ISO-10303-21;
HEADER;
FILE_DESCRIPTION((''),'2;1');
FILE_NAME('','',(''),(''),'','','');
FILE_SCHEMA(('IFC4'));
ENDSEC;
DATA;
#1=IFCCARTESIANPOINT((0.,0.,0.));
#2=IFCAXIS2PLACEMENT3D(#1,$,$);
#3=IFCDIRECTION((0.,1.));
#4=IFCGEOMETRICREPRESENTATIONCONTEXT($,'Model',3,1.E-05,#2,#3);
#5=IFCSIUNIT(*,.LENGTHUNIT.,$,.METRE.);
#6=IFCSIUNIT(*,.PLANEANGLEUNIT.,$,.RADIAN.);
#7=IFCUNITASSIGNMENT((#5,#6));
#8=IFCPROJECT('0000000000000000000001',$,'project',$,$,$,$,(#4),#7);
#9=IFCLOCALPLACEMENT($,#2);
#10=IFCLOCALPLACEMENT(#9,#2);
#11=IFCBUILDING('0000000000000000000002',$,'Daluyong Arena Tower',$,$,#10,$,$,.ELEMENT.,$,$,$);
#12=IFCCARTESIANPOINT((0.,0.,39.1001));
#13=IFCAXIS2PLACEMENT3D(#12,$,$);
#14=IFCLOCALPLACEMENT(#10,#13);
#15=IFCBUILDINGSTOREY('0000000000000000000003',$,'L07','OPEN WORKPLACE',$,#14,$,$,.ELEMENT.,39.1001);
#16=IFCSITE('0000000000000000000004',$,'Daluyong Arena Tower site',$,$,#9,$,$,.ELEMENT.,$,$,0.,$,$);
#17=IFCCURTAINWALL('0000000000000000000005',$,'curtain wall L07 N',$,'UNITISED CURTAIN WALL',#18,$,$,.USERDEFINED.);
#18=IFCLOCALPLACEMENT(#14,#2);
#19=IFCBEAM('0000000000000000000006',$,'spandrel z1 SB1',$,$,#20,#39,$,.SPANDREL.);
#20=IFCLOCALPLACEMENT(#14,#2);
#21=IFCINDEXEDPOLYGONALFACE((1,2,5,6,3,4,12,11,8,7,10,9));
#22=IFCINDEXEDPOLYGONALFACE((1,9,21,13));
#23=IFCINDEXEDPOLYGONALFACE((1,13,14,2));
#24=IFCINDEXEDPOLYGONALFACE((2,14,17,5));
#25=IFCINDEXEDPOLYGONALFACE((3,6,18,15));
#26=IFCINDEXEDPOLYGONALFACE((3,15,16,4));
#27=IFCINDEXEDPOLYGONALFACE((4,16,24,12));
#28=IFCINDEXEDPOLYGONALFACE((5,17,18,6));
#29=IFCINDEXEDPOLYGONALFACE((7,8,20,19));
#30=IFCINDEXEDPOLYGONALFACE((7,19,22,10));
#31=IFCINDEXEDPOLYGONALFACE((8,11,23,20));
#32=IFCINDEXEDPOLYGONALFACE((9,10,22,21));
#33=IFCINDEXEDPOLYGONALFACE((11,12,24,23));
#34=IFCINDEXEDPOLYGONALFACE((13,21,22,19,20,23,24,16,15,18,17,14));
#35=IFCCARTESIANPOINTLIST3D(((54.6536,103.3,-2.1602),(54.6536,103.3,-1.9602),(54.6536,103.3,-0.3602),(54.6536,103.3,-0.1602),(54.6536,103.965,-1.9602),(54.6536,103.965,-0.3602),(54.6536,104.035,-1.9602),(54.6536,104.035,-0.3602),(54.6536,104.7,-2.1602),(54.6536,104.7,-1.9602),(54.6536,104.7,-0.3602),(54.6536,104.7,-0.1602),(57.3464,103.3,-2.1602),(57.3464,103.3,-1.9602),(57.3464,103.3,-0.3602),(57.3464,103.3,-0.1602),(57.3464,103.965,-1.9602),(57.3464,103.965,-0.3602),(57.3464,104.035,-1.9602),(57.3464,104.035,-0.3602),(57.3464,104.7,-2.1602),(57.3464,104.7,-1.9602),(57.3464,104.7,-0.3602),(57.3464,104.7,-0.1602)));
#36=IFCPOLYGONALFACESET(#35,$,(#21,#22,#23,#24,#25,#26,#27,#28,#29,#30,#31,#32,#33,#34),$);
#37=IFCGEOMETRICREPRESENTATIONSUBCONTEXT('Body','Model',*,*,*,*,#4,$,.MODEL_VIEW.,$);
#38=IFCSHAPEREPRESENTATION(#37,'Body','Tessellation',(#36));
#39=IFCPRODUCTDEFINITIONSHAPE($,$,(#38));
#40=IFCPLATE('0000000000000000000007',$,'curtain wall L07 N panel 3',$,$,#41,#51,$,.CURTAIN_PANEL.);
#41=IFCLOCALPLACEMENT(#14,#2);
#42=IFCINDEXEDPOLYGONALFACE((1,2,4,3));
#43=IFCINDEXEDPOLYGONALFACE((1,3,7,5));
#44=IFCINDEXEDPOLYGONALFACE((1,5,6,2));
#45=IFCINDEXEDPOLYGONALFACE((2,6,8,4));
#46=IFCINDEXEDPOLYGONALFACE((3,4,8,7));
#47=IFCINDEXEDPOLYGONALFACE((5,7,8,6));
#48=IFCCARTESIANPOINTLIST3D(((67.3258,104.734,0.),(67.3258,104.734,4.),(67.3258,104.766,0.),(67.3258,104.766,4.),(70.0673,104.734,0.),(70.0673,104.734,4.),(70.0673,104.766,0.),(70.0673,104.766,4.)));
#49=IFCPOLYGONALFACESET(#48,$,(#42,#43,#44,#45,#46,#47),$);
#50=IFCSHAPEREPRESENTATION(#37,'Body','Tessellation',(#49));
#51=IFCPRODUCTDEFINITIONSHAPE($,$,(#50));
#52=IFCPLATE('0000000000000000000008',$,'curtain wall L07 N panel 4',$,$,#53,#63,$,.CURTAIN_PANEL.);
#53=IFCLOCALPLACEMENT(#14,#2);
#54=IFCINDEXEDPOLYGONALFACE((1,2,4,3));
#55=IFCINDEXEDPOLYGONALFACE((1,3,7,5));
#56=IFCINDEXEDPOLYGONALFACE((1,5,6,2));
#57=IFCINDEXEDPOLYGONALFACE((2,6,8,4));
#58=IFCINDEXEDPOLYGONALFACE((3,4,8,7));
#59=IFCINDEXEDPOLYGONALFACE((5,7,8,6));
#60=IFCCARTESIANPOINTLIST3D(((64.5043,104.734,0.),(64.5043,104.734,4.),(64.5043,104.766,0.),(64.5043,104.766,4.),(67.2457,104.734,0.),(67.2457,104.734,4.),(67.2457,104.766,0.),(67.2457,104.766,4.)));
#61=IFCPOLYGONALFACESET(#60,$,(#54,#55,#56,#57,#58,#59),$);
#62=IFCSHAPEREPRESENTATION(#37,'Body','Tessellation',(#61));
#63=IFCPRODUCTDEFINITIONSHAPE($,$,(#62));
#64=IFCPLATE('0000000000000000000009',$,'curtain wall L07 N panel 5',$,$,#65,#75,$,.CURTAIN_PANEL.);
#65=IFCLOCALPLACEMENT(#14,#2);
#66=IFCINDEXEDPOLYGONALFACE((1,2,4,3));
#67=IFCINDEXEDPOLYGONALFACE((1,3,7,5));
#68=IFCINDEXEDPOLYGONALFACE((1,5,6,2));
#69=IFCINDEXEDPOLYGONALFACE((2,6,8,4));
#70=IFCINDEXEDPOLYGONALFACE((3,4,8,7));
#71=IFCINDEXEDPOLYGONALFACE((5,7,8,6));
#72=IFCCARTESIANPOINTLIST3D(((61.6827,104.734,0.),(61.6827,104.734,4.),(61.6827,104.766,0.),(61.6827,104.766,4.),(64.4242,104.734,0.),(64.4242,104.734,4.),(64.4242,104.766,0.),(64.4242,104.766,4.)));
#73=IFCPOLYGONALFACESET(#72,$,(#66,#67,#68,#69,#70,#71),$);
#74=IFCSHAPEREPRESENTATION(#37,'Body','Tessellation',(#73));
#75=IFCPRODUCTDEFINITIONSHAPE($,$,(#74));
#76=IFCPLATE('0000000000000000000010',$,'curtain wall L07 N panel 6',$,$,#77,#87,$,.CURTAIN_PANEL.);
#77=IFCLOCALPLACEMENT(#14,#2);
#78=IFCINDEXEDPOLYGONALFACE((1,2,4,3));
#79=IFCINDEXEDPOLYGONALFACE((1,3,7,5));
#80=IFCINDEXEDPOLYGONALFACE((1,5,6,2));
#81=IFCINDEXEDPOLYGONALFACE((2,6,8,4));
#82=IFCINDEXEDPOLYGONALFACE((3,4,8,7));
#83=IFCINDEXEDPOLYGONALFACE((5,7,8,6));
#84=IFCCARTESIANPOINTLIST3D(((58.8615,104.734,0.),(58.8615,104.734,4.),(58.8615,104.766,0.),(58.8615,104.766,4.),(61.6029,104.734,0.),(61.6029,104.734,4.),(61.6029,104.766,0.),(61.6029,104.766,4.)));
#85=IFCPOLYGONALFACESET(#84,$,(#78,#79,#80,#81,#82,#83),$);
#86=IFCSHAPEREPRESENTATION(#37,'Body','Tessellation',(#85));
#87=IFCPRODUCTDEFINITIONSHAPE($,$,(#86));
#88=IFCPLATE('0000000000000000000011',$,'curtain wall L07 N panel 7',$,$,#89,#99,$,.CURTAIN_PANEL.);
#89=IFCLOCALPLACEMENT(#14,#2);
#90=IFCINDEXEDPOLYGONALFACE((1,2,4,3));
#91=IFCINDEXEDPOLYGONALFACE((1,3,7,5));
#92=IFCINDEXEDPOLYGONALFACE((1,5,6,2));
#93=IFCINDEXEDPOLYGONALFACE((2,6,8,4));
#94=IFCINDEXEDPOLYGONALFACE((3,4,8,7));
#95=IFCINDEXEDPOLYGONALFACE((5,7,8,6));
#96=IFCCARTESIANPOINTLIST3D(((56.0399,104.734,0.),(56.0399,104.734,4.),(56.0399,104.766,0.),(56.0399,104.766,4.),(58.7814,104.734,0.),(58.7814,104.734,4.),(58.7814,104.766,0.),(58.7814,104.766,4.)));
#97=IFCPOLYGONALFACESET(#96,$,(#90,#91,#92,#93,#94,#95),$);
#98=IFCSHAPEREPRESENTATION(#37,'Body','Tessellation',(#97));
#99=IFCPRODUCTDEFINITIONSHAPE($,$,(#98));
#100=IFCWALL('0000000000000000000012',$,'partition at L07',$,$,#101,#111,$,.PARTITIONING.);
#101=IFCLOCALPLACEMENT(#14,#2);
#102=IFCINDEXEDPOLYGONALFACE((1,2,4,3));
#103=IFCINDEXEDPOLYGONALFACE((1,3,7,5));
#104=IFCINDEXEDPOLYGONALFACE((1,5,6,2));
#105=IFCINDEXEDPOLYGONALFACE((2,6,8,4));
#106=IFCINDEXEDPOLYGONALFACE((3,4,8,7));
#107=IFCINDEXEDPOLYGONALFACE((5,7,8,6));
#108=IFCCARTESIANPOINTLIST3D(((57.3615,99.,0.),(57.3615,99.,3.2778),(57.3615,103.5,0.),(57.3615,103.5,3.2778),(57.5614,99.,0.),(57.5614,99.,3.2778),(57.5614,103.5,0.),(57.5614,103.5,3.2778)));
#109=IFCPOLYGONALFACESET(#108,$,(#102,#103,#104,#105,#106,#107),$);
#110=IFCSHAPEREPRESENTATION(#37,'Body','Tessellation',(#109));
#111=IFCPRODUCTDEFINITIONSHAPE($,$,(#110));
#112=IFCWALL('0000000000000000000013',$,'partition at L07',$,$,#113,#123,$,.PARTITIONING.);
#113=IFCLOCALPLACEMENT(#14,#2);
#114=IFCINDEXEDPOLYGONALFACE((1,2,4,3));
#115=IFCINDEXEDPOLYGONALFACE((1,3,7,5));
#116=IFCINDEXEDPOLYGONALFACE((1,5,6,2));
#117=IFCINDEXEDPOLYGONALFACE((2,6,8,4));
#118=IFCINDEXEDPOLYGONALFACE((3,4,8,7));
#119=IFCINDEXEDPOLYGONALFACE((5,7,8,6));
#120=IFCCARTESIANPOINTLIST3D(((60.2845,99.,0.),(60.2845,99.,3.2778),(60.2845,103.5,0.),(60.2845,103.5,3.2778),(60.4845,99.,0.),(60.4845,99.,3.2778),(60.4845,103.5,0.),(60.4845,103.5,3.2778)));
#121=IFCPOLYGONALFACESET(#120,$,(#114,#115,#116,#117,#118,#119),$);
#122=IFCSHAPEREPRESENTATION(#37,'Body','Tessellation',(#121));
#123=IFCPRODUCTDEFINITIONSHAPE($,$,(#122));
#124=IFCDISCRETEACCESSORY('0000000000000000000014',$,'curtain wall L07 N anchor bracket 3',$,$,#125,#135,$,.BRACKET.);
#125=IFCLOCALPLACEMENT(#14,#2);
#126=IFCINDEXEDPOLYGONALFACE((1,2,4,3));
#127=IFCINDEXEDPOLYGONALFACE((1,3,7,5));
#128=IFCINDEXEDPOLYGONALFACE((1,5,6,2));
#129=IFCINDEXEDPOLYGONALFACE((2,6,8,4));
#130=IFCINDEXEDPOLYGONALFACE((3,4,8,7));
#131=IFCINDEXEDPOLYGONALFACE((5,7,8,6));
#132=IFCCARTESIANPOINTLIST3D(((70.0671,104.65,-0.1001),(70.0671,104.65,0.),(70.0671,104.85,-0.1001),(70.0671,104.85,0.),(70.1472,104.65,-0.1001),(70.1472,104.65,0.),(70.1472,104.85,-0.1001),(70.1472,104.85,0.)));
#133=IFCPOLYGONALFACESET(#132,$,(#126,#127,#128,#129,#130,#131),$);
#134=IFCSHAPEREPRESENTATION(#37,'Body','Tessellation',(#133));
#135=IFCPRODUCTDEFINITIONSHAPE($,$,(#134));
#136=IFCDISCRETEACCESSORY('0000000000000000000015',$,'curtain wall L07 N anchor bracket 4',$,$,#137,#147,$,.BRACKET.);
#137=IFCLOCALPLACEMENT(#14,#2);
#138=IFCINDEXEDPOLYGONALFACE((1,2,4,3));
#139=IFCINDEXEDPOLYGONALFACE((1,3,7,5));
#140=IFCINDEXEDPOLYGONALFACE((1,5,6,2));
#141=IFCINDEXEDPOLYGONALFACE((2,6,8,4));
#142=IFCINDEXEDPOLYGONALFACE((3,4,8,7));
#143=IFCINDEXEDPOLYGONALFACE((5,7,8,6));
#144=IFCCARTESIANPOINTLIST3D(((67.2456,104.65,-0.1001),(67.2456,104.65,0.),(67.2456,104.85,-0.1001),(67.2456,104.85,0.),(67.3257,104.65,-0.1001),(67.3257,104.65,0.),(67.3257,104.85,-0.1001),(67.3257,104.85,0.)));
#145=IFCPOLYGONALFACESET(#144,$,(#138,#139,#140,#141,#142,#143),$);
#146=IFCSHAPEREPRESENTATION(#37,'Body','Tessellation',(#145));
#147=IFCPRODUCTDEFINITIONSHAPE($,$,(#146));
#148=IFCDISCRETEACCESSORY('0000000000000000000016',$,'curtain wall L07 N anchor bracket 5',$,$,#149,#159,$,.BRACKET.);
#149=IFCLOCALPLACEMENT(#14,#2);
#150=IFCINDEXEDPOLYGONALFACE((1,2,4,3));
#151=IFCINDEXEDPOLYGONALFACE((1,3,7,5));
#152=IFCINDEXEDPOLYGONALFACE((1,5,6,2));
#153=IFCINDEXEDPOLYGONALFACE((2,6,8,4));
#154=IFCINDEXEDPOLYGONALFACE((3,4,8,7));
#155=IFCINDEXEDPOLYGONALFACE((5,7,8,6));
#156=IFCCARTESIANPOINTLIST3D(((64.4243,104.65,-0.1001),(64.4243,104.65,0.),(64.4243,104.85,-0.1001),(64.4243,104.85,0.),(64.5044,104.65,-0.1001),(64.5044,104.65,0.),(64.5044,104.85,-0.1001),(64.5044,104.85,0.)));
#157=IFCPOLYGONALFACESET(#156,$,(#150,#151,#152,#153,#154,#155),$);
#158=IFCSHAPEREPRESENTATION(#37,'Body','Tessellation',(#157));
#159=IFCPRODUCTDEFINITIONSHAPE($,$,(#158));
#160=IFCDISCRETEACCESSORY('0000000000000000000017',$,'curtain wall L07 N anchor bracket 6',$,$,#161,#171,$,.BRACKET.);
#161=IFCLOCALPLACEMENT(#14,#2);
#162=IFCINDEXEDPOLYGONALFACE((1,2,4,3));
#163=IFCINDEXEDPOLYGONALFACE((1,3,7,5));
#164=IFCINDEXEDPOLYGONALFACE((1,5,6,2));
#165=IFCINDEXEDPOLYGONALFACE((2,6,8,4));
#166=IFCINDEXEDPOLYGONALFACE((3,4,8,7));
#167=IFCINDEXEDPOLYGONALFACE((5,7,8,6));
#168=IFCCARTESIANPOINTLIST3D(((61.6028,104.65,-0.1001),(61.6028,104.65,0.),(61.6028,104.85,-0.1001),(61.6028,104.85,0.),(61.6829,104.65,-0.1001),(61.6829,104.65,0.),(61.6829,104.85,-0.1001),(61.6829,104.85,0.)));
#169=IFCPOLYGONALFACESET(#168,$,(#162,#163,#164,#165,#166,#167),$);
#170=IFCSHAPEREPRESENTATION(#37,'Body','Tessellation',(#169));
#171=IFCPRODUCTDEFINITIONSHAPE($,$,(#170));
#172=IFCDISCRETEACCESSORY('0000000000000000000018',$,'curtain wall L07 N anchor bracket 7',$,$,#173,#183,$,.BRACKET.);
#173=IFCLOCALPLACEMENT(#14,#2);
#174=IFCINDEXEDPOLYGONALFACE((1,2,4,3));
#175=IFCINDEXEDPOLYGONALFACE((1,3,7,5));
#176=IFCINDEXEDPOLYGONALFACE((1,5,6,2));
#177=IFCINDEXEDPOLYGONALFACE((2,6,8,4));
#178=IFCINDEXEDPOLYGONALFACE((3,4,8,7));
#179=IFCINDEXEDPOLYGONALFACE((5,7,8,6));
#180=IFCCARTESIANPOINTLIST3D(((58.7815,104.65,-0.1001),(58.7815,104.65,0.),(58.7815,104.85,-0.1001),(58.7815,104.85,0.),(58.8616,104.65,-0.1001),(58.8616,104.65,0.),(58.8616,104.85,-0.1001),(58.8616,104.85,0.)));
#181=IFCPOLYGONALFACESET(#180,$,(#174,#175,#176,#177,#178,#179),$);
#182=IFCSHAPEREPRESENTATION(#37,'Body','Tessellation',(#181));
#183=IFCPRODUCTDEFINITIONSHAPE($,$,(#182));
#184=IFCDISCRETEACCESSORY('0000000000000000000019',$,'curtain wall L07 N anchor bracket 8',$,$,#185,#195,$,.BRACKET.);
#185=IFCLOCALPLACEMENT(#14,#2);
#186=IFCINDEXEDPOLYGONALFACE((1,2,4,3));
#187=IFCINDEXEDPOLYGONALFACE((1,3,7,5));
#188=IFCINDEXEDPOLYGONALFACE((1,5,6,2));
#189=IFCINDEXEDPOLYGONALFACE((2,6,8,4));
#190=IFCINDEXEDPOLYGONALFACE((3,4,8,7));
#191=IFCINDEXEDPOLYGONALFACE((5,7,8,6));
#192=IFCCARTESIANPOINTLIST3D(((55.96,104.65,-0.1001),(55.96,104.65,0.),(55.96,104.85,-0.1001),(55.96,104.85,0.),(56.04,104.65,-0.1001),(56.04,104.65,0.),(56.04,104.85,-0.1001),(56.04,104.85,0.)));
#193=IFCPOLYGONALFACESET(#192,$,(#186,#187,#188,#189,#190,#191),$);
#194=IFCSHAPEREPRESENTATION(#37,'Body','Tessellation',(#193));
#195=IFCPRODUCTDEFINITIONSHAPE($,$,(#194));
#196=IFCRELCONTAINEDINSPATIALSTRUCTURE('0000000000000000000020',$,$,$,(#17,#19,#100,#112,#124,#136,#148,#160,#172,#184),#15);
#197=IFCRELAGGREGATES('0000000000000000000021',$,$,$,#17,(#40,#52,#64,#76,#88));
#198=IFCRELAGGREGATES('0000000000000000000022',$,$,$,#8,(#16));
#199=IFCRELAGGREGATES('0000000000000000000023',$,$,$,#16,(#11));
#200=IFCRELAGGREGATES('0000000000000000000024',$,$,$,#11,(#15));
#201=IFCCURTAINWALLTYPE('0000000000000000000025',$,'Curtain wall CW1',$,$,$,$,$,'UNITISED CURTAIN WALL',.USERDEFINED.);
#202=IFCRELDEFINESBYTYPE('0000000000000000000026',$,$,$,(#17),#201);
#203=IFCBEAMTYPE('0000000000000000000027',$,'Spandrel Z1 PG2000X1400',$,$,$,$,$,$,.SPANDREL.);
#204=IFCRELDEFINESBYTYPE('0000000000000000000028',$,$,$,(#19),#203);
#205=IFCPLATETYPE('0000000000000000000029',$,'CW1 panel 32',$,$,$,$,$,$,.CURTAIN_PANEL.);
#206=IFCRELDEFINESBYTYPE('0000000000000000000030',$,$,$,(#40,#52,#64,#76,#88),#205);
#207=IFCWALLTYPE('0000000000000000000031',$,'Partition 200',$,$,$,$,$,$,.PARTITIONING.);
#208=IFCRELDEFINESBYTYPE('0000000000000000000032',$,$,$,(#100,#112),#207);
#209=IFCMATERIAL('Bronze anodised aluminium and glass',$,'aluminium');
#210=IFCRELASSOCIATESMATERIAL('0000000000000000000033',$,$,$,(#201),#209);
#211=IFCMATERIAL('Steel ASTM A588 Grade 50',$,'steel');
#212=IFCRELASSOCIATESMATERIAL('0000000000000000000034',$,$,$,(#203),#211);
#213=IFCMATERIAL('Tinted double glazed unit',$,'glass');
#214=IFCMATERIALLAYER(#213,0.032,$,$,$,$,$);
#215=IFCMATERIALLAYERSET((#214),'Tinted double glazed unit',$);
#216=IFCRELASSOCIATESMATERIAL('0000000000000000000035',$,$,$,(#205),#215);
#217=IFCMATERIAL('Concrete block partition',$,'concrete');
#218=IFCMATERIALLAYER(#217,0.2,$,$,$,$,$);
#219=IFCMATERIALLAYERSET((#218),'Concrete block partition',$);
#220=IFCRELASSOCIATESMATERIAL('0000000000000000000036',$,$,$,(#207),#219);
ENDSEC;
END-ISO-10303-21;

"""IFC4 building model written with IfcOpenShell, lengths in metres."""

from ifc_helpers import new_model, si_unit, direction, frame, frame_2d, origin, origin_2d, place, context, subcontext, project, spatial, rectangle, i_section, extrude, material, layer, layer_set, material_profile, profile_set, type_object, element, aggregate, save


model = new_model("IFC4")

# Units and contexts
model_context = context("Model", 3, precision=1e-05, world=origin(), true_north=direction((0.0, 1.0)))
body_context = subcontext(model_context, "Body", "Model", "MODEL_VIEW")
ifc_project = project(units=[si_unit("LENGTHUNIT", "METRE"), si_unit("PLANEANGLEUNIT", "RADIAN")], contexts=[model_context])

# Site, building, storey
site_placement = place(None, origin())
site = spatial("IfcSite", under=ifc_project, at=site_placement, Name="Daluyong Arena Tower site", CompositionType="ELEMENT", RefElevation=0.0)
building_placement = place(site_placement, origin())
building = spatial("IfcBuilding", under=site, at=building_placement, Name="Daluyong Arena Tower", CompositionType="ELEMENT")
storey_placement = place(building_placement, frame((0.0, 0.0, 39.1001)))
storey = spatial("IfcBuildingStorey", under=building, at=storey_placement, Name="L07", Description="OPEN WORKPLACE", CompositionType="ELEMENT", Elevation=39.1001)

# Curtain wall
ifc_material_1 = material(Name="Bronze anodised aluminium and glass", Category="aluminium")
curtain_wall_type = type_object("IfcCurtainWallType", Name="Curtain wall CW1", ElementType="UNITISED CURTAIN WALL", PredefinedType="USERDEFINED", material=ifc_material_1)
curtain_wall_placement = place(storey_placement, origin())
curtain_wall = element("IfcCurtainWall", 1, at=curtain_wall_placement, inside=storey, type_object=curtain_wall_type, Name="curtain wall L07 N", ObjectType="UNITISED CURTAIN WALL", PredefinedType="USERDEFINED")

# Beam
ifc_material_2 = material(Name="Steel ASTM A588 Grade 50", Category="steel")
ifc_material_profile_1 = material_profile(ifc_material_2, i_section(OverallWidth=1.3999, OverallDepth=2.0, WebThickness=0.07, FlangeThickness=0.2, at=origin_2d()))
ifc_profile_set_1 = profile_set([ifc_material_profile_1], Name="Steel ASTM A588 Grade 50")
beam_type_1 = type_object("IfcBeamType", Name="Spandrel Z1 PG2000X1400", PredefinedType="SPANDREL", material=ifc_profile_set_1)
beam_1_placement = place(storey_placement, frame((57.3464, 104.0, -1.1602), z_axis=(-1.0, 0.0, 0.0), x_axis=(0.0, -1.0, 0.0)))
element("IfcBeam", 2, at=beam_1_placement, inside=storey, type_object=beam_type_1, Name="spandrel z1 SB1", PredefinedType="SPANDREL", context=body_context, shape_type="SweptSolid", body=[
    extrude(i_section(OverallWidth=1.3999, OverallDepth=2.0, WebThickness=0.07, FlangeThickness=0.2, at=origin_2d()), origin(), (0.0, 0.0, 1.0), 2.6929),
])

# Plates
ifc_material_3 = material(Name="Tinted double glazed unit", Category="glass")
ifc_layer_1 = layer(ifc_material_3, 0.032)
ifc_layer_set_1 = layer_set([ifc_layer_1], Name="Tinted double glazed unit")
plate_type = type_object("IfcPlateType", Name="CW1 panel 32", PredefinedType="CURTAIN_PANEL", material=ifc_layer_set_1)
plate_1_placement = place(storey_placement, frame((68.6965, 104.75, 0.0), z_axis=(0.0, 0.0, 1.0), x_axis=(-1.0, 0.0, 0.0)))
plate_1 = element("IfcPlate", 3, at=plate_1_placement, type_object=plate_type, Name="curtain wall L07 N panel 3", PredefinedType="CURTAIN_PANEL", context=body_context, shape_type="SweptSolid", body=[
    extrude(rectangle(XDim=2.7415, YDim=0.032, at=origin_2d()), origin(), (0.0, 0.0, 1.0), 4.0),
])
plate_2_placement = place(storey_placement, frame((65.875, 104.75, 0.0), z_axis=(0.0, 0.0, 1.0), x_axis=(-1.0, 0.0, 0.0)))
plate_2 = element("IfcPlate", 4, at=plate_2_placement, type_object=plate_type, Name="curtain wall L07 N panel 4", PredefinedType="CURTAIN_PANEL", context=body_context, shape_type="SweptSolid", body=[
    extrude(rectangle(XDim=2.7415, YDim=0.032, at=origin_2d()), origin(), (0.0, 0.0, 1.0), 4.0),
])
plate_3_placement = place(storey_placement, frame((63.0535, 104.75, 0.0), z_axis=(0.0, 0.0, 1.0), x_axis=(-1.0, 0.0, 0.0)))
plate_3 = element("IfcPlate", 5, at=plate_3_placement, type_object=plate_type, Name="curtain wall L07 N panel 5", PredefinedType="CURTAIN_PANEL", context=body_context, shape_type="SweptSolid", body=[
    extrude(rectangle(XDim=2.7415, YDim=0.032, at=origin_2d()), origin(), (0.0, 0.0, 1.0), 4.0),
])
plate_4_placement = place(storey_placement, frame((60.2322, 104.75, 0.0), z_axis=(0.0, 0.0, 1.0), x_axis=(-1.0, 0.0, 0.0)))
plate_4 = element("IfcPlate", 6, at=plate_4_placement, type_object=plate_type, Name="curtain wall L07 N panel 6", PredefinedType="CURTAIN_PANEL", context=body_context, shape_type="SweptSolid", body=[
    extrude(rectangle(XDim=2.7415, YDim=0.032, at=origin_2d()), origin(), (0.0, 0.0, 1.0), 4.0),
])
plate_5_placement = place(storey_placement, frame((57.4106, 104.75, 0.0), z_axis=(0.0, 0.0, 1.0), x_axis=(-1.0, 0.0, 0.0)))
plate_5 = element("IfcPlate", 7, at=plate_5_placement, type_object=plate_type, Name="curtain wall L07 N panel 7", PredefinedType="CURTAIN_PANEL", context=body_context, shape_type="SweptSolid", body=[
    extrude(rectangle(XDim=2.7415, YDim=0.032, at=origin_2d()), origin(), (0.0, 0.0, 1.0), 4.0),
])
aggregate(curtain_wall, [plate_1, plate_2, plate_3, plate_4, plate_5])

# Walls
ifc_material_4 = material(Name="Concrete block partition", Category="concrete")
ifc_layer_2 = layer(ifc_material_4, 0.2)
ifc_layer_set_2 = layer_set([ifc_layer_2], Name="Concrete block partition")
wall_type = type_object("IfcWallType", Name="Partition 200", PredefinedType="PARTITIONING", material=ifc_layer_set_2)
for number, where, z_axis, x_axis, name in (
    (8, (57.4614, 99.0, 0.0), (0.0, 0.0, 1.0), (0.0, 1.0, 0.0), "partition at L07"),
    (9, (60.3845, 99.0, 0.0), (0.0, 0.0, 1.0), (0.0, 1.0, 0.0), "partition at L07"),
):
    element("IfcWall", number, at=place(storey_placement, frame(where, z_axis=z_axis, x_axis=x_axis)), inside=storey, type_object=wall_type, Name=name, PredefinedType="PARTITIONING", context=body_context, shape_type="SweptSolid", body=[
        extrude(rectangle(XDim=4.5, YDim=0.2, at=frame_2d((2.25, 0.0))), origin(), (0.0, 0.0, 1.0), 3.2778),
    ])

# Discrete accessories
for number, where, z_axis, x_axis, name in (
    (10, (70.1072, 104.75, -0.1001), (0.0, 0.0, 1.0), (-1.0, 0.0, 0.0), "curtain wall L07 N anchor bracket 3"),
    (11, (67.2856, 104.75, -0.1001), (0.0, 0.0, 1.0), (-1.0, 0.0, 0.0), "curtain wall L07 N anchor bracket 4"),
    (12, (64.4644, 104.75, -0.1001), (0.0, 0.0, 1.0), (-1.0, 0.0, 0.0), "curtain wall L07 N anchor bracket 5"),
    (13, (61.6428, 104.75, -0.1001), (0.0, 0.0, 1.0), (-1.0, 0.0, 0.0), "curtain wall L07 N anchor bracket 6"),
    (14, (58.8215, 104.75, -0.1001), (0.0, 0.0, 1.0), (-1.0, 0.0, 0.0), "curtain wall L07 N anchor bracket 7"),
    (15, (56.0, 104.75, -0.1001), (0.0, 0.0, 1.0), (-1.0, 0.0, 0.0), "curtain wall L07 N anchor bracket 8"),
):
    element("IfcDiscreteAccessory", number, at=place(storey_placement, frame(where, z_axis=z_axis, x_axis=x_axis)), inside=storey, Name=name, PredefinedType="BRACKET", context=body_context, shape_type="SweptSolid", body=[
        extrude(rectangle(XDim=0.0801, YDim=0.2, at=origin_2d()), origin(), (0.0, 0.0, 1.0), 0.1001),
    ])

save(model, "model.ifc")
